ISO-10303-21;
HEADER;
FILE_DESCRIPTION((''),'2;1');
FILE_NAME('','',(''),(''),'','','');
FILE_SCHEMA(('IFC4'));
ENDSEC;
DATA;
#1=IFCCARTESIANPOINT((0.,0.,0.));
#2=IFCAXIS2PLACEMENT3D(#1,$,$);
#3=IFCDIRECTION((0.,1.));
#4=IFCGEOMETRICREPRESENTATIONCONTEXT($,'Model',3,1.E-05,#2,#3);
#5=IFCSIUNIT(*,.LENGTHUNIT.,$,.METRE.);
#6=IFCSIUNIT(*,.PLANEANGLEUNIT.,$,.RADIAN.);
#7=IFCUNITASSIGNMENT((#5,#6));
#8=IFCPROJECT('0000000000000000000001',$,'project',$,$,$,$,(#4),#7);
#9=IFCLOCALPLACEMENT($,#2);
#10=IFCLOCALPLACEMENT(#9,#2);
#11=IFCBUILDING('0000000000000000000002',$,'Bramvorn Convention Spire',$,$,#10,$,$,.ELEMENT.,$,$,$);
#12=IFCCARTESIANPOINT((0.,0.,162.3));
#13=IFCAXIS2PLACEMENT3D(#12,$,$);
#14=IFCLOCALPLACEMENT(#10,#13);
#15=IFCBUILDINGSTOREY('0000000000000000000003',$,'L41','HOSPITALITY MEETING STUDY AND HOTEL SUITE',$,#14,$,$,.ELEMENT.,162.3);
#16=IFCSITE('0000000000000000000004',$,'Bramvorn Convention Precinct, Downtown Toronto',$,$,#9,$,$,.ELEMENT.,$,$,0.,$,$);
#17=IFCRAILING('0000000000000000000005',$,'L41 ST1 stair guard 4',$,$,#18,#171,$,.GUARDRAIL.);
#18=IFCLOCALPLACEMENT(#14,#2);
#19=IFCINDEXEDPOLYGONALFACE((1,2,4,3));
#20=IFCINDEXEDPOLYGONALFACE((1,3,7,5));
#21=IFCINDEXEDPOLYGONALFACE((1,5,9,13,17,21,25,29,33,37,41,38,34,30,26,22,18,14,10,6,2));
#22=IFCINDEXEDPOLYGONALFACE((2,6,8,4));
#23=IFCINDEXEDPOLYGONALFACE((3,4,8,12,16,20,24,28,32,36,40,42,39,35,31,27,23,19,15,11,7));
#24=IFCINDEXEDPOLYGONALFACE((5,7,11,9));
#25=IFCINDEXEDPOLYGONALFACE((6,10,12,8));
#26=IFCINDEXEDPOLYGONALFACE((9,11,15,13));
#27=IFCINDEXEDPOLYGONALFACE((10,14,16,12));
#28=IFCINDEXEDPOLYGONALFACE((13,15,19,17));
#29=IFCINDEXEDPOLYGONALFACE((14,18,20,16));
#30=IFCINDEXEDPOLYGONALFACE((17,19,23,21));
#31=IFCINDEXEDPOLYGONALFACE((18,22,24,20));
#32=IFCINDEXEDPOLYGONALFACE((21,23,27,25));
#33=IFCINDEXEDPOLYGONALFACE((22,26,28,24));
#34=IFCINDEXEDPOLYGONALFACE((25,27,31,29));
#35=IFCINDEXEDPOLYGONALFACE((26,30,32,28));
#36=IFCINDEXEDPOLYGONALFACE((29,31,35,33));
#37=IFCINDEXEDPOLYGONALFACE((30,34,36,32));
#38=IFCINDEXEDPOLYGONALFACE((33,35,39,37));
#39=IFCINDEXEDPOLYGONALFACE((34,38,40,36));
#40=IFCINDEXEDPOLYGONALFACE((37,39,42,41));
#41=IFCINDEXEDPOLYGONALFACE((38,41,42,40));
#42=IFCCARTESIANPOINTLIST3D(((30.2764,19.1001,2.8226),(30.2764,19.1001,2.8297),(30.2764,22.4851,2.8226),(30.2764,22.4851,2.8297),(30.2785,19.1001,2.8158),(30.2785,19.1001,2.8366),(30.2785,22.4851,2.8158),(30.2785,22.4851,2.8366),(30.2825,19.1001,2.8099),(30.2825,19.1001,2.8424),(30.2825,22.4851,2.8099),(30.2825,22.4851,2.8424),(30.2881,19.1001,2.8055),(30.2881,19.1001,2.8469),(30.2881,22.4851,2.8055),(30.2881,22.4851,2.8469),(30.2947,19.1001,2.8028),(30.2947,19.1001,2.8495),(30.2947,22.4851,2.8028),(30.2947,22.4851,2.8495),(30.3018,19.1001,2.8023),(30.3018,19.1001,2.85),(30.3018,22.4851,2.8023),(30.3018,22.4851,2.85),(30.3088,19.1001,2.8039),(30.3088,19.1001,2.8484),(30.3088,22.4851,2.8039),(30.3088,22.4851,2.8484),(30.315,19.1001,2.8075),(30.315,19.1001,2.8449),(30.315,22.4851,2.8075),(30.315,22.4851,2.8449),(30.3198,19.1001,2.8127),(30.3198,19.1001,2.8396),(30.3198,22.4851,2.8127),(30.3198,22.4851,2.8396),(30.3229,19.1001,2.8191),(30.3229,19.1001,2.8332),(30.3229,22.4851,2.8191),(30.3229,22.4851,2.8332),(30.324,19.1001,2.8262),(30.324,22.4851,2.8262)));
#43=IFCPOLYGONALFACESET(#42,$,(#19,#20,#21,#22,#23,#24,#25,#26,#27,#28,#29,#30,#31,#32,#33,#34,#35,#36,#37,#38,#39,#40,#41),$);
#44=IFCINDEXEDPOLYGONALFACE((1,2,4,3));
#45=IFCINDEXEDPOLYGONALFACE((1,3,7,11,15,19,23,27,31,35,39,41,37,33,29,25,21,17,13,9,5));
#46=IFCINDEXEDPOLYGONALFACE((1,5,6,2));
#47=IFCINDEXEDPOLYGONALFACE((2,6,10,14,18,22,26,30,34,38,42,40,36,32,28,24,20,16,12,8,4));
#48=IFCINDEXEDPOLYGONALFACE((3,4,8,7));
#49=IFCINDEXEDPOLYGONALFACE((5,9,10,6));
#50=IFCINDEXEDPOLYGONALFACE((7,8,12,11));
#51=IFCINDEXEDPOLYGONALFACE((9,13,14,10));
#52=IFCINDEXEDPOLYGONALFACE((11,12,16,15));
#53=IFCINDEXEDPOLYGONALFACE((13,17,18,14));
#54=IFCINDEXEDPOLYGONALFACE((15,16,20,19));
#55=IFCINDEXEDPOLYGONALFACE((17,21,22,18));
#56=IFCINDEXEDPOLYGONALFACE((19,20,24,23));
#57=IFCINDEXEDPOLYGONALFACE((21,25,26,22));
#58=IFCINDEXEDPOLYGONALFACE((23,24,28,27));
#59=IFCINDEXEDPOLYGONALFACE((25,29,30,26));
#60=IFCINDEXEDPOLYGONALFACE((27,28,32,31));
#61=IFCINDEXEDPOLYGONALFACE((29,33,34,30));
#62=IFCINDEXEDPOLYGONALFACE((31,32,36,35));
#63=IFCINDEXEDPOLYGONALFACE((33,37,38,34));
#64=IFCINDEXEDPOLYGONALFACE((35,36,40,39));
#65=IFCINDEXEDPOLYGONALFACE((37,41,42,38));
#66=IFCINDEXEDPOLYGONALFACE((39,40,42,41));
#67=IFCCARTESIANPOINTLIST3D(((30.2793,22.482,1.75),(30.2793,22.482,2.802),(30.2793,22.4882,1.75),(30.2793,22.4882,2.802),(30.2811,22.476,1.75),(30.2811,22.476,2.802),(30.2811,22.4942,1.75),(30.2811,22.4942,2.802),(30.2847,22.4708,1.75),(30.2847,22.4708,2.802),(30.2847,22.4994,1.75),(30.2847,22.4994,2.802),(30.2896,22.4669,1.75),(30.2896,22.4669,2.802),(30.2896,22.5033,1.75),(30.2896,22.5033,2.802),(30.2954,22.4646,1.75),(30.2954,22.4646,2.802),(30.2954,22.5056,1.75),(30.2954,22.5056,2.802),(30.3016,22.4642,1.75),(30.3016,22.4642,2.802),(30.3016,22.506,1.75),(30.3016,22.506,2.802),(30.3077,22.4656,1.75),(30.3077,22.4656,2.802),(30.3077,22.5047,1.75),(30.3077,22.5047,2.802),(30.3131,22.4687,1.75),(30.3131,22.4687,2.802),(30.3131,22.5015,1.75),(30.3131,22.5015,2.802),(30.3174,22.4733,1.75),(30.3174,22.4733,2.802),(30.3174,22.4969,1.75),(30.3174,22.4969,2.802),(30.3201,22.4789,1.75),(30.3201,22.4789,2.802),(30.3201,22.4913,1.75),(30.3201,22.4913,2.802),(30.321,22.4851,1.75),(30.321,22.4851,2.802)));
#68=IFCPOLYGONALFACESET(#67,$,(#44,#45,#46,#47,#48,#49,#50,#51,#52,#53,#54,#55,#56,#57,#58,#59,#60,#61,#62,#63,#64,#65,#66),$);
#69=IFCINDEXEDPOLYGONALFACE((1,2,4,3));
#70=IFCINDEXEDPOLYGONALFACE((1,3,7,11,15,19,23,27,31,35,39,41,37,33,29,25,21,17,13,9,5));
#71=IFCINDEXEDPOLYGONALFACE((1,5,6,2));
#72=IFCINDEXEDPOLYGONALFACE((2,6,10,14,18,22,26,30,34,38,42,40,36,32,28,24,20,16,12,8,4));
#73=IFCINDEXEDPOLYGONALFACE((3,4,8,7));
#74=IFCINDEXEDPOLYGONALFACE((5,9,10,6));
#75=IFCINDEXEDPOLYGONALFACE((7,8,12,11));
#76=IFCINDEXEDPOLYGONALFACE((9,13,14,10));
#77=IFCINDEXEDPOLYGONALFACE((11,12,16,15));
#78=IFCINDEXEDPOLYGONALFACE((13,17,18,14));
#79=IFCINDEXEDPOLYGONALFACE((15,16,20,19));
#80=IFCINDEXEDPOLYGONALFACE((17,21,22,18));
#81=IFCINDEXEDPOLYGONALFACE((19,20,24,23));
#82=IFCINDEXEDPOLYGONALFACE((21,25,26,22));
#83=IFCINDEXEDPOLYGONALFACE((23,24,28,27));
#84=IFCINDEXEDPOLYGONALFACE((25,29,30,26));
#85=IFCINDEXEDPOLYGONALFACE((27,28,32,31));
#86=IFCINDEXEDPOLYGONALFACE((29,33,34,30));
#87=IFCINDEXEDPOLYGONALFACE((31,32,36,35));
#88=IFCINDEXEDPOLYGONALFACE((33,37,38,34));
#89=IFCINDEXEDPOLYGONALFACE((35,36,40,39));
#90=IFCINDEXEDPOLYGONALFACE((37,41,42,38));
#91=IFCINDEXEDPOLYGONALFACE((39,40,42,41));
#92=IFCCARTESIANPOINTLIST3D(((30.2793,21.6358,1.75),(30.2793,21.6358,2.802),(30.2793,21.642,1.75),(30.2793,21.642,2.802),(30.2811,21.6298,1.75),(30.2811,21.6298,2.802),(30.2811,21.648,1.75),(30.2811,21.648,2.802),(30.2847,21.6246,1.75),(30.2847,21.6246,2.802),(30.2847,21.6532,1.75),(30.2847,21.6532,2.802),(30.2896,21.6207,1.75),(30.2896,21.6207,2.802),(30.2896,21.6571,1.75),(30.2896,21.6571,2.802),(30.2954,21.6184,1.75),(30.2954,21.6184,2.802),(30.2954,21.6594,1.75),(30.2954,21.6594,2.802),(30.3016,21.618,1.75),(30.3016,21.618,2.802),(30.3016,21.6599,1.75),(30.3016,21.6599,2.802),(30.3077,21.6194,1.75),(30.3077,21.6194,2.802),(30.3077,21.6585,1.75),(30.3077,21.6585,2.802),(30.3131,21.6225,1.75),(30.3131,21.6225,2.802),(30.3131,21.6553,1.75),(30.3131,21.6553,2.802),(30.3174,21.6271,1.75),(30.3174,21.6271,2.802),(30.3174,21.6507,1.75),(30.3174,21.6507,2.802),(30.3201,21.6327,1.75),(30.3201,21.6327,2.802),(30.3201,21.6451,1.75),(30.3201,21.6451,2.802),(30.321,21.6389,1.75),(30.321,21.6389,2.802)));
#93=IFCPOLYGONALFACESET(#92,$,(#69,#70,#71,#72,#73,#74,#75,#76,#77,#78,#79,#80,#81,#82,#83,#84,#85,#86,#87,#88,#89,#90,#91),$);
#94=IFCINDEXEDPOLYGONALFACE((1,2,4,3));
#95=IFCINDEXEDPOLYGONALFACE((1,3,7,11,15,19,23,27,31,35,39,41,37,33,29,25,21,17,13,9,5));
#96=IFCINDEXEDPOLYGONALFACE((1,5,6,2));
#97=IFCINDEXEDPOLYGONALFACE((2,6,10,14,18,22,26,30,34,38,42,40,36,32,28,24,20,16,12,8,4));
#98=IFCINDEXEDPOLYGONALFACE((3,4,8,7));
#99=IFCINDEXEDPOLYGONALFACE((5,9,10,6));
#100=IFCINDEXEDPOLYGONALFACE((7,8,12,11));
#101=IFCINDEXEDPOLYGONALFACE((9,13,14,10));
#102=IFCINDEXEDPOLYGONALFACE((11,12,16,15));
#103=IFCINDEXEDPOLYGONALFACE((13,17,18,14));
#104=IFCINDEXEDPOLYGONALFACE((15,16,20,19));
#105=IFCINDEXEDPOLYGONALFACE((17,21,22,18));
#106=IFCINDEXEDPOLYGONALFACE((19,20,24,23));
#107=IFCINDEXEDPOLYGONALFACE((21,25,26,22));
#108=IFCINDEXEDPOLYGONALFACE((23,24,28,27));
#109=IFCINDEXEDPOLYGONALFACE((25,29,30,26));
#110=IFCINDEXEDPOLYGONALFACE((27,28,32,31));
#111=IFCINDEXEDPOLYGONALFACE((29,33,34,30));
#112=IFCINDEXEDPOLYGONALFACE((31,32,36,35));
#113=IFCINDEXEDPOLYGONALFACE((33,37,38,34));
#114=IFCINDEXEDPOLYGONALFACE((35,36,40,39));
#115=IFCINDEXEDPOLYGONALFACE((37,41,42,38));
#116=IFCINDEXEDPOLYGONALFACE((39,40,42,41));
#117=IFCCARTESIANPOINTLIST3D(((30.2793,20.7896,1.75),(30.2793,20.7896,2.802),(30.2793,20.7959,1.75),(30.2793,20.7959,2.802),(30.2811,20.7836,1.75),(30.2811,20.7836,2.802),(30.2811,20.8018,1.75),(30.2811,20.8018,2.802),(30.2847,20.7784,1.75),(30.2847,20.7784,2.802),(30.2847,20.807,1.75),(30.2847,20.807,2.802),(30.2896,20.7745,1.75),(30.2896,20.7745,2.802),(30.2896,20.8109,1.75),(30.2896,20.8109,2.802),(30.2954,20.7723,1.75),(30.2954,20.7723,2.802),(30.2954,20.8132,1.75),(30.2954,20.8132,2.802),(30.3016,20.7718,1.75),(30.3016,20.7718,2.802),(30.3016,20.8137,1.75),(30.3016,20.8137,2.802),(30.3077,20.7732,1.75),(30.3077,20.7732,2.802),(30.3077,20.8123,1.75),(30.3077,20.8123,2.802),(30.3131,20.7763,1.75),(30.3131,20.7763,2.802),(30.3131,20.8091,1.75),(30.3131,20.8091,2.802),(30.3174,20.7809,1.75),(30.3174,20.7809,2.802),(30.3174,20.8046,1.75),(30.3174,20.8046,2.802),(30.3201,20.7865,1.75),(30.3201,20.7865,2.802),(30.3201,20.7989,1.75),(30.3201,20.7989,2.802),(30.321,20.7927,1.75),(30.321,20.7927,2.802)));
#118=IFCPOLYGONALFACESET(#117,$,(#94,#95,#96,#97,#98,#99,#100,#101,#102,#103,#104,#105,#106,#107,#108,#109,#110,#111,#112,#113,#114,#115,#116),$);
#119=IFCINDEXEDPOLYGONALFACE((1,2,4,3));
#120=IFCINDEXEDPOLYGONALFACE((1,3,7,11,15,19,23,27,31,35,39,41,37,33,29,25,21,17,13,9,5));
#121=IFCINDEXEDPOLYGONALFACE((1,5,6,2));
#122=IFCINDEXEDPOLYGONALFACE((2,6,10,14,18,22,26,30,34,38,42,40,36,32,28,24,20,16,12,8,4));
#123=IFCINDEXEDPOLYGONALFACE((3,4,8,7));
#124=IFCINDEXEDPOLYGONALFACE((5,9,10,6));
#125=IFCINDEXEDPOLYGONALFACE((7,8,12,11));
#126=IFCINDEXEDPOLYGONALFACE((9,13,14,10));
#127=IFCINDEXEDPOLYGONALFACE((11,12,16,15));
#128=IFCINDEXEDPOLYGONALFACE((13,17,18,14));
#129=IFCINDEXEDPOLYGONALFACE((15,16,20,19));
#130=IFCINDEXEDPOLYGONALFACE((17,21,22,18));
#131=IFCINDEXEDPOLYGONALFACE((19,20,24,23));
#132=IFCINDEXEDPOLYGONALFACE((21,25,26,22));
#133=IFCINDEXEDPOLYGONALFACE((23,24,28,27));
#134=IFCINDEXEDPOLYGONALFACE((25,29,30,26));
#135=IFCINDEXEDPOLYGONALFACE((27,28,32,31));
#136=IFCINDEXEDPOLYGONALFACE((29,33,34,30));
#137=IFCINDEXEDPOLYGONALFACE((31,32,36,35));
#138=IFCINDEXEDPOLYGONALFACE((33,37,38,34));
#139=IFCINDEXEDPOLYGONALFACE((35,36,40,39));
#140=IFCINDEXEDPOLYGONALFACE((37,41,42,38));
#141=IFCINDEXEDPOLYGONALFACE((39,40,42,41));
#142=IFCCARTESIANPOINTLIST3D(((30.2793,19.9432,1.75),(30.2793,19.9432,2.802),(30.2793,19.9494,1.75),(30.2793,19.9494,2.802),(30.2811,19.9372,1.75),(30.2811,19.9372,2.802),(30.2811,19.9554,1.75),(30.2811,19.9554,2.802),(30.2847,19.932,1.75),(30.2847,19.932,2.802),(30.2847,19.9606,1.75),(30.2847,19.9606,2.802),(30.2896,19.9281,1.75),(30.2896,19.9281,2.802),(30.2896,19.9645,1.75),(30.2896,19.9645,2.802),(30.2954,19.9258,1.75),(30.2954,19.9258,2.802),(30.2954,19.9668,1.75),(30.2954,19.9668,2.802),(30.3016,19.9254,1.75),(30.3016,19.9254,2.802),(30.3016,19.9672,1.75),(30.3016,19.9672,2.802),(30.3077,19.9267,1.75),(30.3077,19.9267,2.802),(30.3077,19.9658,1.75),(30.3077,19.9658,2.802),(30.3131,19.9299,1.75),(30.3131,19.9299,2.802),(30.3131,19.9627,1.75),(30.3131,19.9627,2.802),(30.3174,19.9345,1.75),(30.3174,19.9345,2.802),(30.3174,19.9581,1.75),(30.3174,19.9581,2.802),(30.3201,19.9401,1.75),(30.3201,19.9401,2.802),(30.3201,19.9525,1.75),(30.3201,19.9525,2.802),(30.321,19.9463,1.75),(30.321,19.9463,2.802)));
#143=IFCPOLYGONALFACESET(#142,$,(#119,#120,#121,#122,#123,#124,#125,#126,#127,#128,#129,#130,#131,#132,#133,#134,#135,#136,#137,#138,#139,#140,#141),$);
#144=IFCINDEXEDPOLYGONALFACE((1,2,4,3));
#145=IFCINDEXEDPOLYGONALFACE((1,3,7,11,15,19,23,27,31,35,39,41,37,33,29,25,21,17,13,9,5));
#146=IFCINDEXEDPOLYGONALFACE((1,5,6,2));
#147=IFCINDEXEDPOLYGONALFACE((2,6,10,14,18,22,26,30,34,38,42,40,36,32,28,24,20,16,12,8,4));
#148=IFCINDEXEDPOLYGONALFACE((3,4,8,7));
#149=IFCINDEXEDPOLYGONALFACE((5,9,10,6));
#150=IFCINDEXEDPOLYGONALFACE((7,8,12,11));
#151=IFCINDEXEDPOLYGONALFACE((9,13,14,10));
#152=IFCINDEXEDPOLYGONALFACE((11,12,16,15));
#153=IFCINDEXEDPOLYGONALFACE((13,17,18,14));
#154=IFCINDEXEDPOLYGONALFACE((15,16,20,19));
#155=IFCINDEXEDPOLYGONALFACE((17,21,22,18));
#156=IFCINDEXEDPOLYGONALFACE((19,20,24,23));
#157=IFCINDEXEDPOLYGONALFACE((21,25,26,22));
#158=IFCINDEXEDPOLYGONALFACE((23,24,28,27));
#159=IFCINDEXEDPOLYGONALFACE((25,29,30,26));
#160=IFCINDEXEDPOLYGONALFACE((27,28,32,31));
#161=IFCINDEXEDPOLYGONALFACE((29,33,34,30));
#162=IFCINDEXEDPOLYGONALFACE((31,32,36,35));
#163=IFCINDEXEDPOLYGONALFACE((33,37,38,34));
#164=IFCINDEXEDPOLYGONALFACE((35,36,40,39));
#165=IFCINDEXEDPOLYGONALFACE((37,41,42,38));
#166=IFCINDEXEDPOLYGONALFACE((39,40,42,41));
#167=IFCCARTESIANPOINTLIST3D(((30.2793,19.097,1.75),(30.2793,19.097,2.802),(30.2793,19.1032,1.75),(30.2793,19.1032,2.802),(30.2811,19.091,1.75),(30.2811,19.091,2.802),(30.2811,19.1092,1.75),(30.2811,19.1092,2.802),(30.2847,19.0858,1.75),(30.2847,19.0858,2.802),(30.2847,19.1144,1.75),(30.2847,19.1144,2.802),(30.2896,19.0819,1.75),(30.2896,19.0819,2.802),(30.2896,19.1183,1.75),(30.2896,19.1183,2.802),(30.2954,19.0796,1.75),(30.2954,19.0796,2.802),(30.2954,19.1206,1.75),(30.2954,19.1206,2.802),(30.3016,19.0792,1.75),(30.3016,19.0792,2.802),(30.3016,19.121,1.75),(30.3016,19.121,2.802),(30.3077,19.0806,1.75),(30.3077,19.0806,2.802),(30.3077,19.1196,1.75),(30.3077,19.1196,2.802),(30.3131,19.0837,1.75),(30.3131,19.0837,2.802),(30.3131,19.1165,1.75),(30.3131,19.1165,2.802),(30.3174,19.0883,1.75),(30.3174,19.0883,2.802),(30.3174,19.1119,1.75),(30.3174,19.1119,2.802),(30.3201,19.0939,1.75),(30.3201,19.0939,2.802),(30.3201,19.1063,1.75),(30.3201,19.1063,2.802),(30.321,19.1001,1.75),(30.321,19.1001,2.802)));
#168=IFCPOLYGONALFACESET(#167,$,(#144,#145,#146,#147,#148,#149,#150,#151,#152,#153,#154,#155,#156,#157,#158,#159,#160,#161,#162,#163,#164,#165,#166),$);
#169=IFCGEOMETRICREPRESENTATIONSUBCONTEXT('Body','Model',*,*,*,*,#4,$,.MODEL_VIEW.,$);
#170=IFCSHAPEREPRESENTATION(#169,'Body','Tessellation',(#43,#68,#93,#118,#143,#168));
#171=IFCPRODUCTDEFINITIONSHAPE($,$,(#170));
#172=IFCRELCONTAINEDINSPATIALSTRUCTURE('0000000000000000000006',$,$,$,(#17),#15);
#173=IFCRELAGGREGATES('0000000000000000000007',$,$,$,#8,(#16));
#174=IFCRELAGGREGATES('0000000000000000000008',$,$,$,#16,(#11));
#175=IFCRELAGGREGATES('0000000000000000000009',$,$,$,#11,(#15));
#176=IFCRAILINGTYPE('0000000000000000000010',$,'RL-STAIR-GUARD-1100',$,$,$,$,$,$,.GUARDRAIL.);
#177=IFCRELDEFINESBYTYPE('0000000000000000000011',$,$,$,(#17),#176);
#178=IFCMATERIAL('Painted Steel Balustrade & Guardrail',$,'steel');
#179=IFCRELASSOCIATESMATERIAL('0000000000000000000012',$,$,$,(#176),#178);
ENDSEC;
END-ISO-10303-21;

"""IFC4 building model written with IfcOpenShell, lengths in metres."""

from ifc_helpers import new_model, si_unit, direction, frame, origin, origin_2d, place, context, subcontext, project, spatial, circle, extrude, material, type_object, element, save


model = new_model("IFC4")

# Units and contexts
model_context = context("Model", 3, precision=1e-05, world=origin(), true_north=direction((0.0, 1.0)))
body_context = subcontext(model_context, "Body", "Model", "MODEL_VIEW")
ifc_project = project(units=[si_unit("LENGTHUNIT", "METRE"), si_unit("PLANEANGLEUNIT", "RADIAN")], contexts=[model_context])

# Site, building, storey
site_placement = place(None, origin())
site = spatial("IfcSite", under=ifc_project, at=site_placement, Name="Bramvorn Convention Precinct, Downtown Toronto", CompositionType="ELEMENT", RefElevation=0.0)
building_placement = place(site_placement, origin())
building = spatial("IfcBuilding", under=site, at=building_placement, Name="Bramvorn Convention Spire", CompositionType="ELEMENT")
storey_placement = place(building_placement, frame((0.0, 0.0, 162.3)))
storey = spatial("IfcBuildingStorey", under=building, at=storey_placement, Name="L41", Description="HOSPITALITY MEETING STUDY AND HOTEL SUITE", CompositionType="ELEMENT", Elevation=162.3)

# Railing
ifc_material_1 = material(Name="Painted Steel Balustrade & Guardrail", Category="steel")
railing_type_1 = type_object("IfcRailingType", Name="RL-STAIR-GUARD-1100", PredefinedType="GUARDRAIL", material=ifc_material_1)
railing_1_placement = place(storey_placement, frame((30.3, 22.4851, 1.75)))
element("IfcRailing", 1, at=railing_1_placement, inside=storey, type_object=railing_type_1, Name="L41 ST1 stair guard 4", PredefinedType="GUARDRAIL", context=body_context, shape_type="SweptSolid", body=[
    extrude(circle(Radius=0.0239, at=origin_2d()), frame((0.0, 0.0, 1.0762), z_axis=(0.0, -1.0, 0.0), x_axis=(1.0, 0.0, 0.0)), (0.0, 0.0, 1.0), 3.385),
    extrude(circle(Radius=0.021, at=origin_2d()), origin(), (0.0, 0.0, 1.0), 1.052),
    extrude(circle(Radius=0.021, at=origin_2d()), frame((0.0, -0.8462, 0.0)), (0.0, 0.0, 1.0), 1.052),
    extrude(circle(Radius=0.021, at=origin_2d()), frame((0.0, -1.6924, 0.0)), (0.0, 0.0, 1.0), 1.052),
    extrude(circle(Radius=0.021, at=origin_2d()), frame((0.0, -2.5388, 0.0)), (0.0, 0.0, 1.0), 1.052),
    extrude(circle(Radius=0.021, at=origin_2d()), frame((0.0, -3.385, 0.0)), (0.0, 0.0, 1.0), 1.052),
])

save(model, "model.ifc")
